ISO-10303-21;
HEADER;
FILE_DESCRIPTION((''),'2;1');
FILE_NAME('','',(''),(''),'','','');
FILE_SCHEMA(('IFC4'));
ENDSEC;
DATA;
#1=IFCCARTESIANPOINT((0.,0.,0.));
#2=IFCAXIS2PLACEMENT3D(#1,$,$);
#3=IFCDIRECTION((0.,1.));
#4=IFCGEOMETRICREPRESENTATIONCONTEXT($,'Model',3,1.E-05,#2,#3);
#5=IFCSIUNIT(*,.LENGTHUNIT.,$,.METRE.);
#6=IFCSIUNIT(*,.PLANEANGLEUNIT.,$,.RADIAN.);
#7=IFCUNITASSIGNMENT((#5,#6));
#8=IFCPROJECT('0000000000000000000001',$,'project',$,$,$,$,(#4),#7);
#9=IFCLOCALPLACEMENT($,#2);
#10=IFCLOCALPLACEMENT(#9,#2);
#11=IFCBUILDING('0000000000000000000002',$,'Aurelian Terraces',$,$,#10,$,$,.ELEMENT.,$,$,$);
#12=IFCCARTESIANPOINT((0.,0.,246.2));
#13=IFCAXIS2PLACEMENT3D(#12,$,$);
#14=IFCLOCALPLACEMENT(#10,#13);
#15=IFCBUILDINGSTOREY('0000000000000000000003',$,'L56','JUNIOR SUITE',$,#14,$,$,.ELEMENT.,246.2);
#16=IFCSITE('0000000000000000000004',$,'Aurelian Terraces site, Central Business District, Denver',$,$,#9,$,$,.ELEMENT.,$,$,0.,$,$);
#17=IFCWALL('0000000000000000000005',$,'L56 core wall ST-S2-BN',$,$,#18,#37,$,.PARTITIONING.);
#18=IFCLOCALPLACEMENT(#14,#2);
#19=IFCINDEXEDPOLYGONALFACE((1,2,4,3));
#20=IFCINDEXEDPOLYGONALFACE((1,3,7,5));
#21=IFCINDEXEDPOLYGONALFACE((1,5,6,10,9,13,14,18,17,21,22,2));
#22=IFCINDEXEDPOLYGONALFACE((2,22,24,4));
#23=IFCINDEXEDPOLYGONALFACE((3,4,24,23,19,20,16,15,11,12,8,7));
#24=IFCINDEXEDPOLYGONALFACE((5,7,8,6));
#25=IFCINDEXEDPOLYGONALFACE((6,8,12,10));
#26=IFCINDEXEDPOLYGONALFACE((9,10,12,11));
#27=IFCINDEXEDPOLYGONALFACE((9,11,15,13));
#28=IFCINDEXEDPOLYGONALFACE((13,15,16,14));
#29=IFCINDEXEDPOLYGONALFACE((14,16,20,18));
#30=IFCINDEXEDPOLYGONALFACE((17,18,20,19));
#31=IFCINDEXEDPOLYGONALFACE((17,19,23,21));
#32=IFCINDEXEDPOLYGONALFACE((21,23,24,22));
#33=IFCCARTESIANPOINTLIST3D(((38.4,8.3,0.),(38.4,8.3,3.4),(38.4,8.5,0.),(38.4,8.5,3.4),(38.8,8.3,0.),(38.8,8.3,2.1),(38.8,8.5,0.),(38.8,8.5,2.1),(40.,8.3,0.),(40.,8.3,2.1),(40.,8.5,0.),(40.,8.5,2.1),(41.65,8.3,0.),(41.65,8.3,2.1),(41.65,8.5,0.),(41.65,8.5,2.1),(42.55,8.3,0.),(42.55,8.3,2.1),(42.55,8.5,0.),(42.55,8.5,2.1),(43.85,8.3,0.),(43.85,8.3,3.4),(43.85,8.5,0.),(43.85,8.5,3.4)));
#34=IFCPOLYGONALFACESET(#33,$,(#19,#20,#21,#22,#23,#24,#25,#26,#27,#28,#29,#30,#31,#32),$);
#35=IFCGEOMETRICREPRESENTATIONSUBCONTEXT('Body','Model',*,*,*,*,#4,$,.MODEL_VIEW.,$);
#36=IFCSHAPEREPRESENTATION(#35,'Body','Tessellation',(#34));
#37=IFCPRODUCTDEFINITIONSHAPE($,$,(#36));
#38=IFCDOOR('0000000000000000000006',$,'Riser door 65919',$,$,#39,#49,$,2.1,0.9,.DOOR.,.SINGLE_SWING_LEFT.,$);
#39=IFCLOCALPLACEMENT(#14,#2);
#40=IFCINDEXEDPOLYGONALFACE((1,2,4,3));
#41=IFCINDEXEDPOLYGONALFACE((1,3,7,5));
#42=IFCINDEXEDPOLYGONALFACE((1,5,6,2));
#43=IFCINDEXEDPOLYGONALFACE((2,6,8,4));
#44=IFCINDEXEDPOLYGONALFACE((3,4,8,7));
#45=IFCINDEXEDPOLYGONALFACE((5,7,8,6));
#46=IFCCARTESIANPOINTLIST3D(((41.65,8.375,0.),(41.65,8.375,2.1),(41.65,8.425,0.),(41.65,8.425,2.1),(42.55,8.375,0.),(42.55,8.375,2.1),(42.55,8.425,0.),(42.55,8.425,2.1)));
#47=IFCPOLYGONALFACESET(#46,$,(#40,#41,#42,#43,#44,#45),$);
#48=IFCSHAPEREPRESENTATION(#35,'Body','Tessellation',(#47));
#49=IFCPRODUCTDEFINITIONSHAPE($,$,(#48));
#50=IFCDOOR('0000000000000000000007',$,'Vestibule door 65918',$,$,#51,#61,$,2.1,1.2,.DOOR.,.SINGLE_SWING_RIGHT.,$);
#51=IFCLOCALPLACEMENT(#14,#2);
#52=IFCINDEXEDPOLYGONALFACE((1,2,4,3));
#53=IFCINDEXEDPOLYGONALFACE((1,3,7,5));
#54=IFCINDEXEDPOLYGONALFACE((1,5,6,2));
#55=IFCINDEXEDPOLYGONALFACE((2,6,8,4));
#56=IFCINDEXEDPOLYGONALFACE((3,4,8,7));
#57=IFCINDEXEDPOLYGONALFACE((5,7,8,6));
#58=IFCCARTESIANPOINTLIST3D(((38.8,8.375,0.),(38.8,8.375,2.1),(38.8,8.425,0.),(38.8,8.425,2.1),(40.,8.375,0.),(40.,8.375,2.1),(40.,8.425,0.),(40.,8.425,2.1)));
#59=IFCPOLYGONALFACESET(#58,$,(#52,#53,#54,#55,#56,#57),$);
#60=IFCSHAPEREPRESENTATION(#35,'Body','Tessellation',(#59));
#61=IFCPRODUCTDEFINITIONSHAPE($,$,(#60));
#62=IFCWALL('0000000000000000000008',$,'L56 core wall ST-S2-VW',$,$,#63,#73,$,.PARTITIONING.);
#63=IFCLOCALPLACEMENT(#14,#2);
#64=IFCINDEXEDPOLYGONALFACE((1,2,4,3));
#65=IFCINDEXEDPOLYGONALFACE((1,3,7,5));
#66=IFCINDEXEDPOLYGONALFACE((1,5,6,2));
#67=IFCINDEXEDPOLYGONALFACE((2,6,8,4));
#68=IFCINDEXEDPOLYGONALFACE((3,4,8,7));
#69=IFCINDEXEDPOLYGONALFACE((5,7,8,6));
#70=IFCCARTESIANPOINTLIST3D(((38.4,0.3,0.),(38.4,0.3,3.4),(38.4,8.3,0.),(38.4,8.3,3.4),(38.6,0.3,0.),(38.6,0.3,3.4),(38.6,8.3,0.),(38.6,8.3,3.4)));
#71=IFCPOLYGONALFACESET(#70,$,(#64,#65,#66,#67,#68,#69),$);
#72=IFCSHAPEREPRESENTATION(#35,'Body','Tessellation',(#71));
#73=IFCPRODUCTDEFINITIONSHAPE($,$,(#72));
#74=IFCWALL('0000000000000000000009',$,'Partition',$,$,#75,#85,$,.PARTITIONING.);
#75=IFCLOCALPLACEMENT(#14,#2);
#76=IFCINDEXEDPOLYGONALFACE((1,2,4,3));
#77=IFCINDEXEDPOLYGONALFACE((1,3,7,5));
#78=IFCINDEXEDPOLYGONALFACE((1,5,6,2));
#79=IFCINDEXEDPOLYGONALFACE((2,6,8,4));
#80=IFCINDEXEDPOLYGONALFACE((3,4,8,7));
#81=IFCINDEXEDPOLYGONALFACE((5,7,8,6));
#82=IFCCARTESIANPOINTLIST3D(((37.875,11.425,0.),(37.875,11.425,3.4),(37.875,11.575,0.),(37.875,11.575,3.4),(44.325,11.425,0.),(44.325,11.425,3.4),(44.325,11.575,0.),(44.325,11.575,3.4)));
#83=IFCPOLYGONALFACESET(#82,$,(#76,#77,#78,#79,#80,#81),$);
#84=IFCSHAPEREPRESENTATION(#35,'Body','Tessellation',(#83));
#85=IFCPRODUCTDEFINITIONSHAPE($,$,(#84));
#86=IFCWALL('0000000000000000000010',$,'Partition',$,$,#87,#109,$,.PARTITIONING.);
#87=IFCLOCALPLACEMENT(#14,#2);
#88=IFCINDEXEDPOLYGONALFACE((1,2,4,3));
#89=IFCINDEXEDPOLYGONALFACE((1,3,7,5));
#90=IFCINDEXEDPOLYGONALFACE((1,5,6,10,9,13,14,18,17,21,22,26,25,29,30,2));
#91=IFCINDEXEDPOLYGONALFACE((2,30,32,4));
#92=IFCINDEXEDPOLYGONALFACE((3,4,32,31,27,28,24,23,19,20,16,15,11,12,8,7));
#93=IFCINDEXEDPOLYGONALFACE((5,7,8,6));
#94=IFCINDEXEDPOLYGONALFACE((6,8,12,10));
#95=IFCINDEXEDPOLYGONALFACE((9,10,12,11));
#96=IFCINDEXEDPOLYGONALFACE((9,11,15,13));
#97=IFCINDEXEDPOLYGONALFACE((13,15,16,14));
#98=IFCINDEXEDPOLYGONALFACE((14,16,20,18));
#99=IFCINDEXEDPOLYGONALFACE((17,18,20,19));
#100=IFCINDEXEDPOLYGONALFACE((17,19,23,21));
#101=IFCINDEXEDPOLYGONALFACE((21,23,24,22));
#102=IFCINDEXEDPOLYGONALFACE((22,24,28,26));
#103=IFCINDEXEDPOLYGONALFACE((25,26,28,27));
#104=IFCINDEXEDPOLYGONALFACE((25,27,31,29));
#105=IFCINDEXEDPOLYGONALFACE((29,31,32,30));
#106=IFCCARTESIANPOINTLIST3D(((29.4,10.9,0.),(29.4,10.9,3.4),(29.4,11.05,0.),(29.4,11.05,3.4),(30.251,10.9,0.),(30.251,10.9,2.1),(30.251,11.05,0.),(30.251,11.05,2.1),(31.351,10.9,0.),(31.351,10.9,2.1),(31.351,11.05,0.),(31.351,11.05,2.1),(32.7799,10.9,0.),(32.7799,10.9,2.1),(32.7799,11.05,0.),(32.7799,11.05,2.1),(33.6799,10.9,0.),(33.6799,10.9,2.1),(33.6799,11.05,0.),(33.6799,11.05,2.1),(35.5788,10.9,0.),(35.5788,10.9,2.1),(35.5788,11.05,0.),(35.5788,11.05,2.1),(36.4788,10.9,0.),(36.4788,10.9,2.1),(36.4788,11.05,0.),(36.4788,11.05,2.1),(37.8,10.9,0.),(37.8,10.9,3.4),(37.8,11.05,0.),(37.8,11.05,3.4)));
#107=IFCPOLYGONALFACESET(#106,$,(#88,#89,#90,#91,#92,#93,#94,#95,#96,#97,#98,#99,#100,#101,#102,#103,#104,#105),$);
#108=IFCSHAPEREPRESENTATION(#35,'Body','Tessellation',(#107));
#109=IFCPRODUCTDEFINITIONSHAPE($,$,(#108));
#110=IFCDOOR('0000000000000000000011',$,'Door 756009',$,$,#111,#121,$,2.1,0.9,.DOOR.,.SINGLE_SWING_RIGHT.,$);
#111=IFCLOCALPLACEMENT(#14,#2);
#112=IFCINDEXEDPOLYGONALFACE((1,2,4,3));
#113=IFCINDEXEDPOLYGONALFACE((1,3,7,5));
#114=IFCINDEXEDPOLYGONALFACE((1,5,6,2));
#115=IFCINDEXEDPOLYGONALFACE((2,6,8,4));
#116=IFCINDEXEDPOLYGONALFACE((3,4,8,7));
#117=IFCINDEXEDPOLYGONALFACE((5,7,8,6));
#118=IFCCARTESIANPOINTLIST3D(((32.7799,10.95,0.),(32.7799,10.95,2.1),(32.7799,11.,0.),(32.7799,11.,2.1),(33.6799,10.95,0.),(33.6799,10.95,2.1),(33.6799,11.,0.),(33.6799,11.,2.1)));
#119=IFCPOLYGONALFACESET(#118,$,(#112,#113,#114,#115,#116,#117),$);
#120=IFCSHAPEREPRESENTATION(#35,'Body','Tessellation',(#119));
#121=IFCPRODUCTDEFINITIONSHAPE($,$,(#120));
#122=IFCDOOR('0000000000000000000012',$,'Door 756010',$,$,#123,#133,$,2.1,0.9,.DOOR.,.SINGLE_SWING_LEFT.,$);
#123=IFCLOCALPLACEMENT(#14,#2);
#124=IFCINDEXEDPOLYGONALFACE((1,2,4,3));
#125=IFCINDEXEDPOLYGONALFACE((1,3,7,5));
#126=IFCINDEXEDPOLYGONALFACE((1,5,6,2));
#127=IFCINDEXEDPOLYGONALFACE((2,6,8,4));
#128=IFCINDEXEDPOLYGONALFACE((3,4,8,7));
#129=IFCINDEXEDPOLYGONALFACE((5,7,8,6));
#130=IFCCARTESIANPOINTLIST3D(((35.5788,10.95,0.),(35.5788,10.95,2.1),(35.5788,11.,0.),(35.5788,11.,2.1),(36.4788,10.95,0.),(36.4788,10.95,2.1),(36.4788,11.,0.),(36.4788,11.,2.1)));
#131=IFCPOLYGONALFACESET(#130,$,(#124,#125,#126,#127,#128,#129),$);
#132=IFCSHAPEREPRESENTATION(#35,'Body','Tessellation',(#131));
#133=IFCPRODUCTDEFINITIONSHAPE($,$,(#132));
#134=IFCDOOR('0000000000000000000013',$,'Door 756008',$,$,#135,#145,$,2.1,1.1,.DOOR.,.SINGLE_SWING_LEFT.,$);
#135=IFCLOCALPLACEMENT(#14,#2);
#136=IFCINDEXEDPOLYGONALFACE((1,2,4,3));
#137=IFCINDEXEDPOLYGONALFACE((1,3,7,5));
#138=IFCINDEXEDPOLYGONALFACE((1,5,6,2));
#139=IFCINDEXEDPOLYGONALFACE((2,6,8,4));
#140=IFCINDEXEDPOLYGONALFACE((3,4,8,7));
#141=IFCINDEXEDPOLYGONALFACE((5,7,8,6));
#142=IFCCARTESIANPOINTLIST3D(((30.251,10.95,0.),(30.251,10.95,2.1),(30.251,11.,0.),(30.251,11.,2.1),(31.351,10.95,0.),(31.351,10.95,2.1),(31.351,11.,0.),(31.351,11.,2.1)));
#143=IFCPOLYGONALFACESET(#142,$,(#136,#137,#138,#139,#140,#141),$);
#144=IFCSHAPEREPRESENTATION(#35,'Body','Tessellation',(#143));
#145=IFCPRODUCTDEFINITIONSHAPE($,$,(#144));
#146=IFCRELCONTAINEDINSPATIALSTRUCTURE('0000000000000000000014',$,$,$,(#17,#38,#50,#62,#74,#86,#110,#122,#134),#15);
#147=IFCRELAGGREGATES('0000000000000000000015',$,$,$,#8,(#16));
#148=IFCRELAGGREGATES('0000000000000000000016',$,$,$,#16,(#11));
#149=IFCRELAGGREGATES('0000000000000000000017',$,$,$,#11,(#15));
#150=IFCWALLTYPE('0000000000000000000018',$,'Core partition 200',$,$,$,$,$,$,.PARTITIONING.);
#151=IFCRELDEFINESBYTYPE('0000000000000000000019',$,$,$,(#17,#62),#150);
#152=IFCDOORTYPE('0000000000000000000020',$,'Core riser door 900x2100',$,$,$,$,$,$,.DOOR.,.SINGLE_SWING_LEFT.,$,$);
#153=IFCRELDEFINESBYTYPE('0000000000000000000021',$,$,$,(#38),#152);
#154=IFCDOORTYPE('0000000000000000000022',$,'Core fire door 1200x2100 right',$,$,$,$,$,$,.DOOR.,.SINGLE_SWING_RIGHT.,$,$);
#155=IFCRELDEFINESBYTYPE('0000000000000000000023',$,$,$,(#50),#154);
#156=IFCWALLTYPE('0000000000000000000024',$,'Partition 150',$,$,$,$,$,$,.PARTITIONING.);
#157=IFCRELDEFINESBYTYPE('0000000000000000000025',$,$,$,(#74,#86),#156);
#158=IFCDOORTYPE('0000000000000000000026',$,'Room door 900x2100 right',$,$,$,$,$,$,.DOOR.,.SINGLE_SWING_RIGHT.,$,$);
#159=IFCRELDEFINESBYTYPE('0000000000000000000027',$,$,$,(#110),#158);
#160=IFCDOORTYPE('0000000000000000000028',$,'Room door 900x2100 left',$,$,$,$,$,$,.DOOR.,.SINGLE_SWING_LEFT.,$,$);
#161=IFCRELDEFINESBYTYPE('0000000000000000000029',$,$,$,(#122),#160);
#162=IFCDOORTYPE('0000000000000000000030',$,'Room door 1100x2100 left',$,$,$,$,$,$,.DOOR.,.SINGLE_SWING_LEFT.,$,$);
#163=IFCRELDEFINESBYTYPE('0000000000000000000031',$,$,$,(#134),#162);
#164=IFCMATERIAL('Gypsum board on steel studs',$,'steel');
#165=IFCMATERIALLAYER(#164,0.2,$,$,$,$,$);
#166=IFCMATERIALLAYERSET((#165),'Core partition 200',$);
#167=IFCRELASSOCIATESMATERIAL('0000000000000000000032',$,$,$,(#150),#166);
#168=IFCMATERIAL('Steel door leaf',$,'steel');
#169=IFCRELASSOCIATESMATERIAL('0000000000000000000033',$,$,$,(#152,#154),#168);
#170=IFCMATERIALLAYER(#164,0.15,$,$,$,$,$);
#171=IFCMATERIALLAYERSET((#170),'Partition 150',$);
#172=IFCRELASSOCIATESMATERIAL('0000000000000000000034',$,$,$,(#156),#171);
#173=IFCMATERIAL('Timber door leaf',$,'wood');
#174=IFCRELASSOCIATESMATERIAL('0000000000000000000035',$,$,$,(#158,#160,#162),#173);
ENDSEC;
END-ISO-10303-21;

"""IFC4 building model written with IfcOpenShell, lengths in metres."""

from ifc_helpers import new_model, si_unit, direction, frame, frame_2d, origin, place, context, subcontext, project, spatial, rectangle, extrude, source, transform, mapped, material, layer, layer_set, type_object, element, fill, save


model = new_model("IFC4")

# Units and contexts
model_context = context("Model", 3, precision=1e-05, world=origin(), true_north=direction((0.0, 1.0)))
body_context = subcontext(model_context, "Body", "Model", "MODEL_VIEW")
ifc_project = project(units=[si_unit("LENGTHUNIT", "METRE"), si_unit("PLANEANGLEUNIT", "RADIAN")], contexts=[model_context])

# Site, building, storey
site_placement = place(None, origin())
site = spatial("IfcSite", under=ifc_project, at=site_placement, Name="Aurelian Terraces site, Central Business District, Denver", CompositionType="ELEMENT", RefElevation=0.0)
building_placement = place(site_placement, origin())
building = spatial("IfcBuilding", under=site, at=building_placement, Name="Aurelian Terraces", CompositionType="ELEMENT")
storey_placement = place(building_placement, frame((0.0, 0.0, 246.2)))
storey = spatial("IfcBuildingStorey", under=building, at=storey_placement, Name="L56", Description="JUNIOR SUITE", CompositionType="ELEMENT", Elevation=246.2)

# Wall, openings, doors
ifc_material_1 = material(Name="Gypsum board on steel studs", Category="steel")
ifc_layer_1 = layer(ifc_material_1, 0.2)
ifc_layer_set_1 = layer_set([ifc_layer_1], Name="Core partition 200")
wall_type_1 = type_object("IfcWallType", Name="Core partition 200", PredefinedType="PARTITIONING", material=ifc_layer_set_1)
shared_shape_1 = source(origin(), body_context, "Body", "SweptSolid", [
    extrude(rectangle(XDim=5.45, YDim=0.2, at=frame_2d((2.725, 0.0))), origin(), (0.0, 0.0, 1.0), 3.4),
])
wall_1_placement = place(storey_placement, frame((38.4, 8.4, 0.0), z_axis=(0.0, 0.0, 1.0), x_axis=(1.0, 0.0, 0.0)))
wall_1 = element("IfcWall", 1, at=wall_1_placement, inside=storey, type_object=wall_type_1, Name="L56 core wall ST-S2-BN", PredefinedType="PARTITIONING", context=body_context, shape_type="MappedRepresentation", body=[
    mapped(shared_shape_1, transform((0.0, 0.0, 0.0), scale=1.0)),
])
shared_shape_2 = source(origin(), body_context, "Body", "SweptSolid", [
    extrude(rectangle(XDim=1.2, YDim=2.1, at=frame_2d((0.6, 1.05))), frame((0.0, 0.11, 0.0), z_axis=(0.0, -1.0, 0.0), x_axis=(1.0, 0.0, 0.0)), (0.0, 0.0, 1.0), 0.22),
])
opening_1_placement = place(wall_1_placement, frame((0.4, 0.0, 0.0)))
opening_1 = element("IfcOpeningElement", 2, at=opening_1_placement, cuts=wall_1, PredefinedType="OPENING", context=body_context, shape_type="MappedRepresentation", body=[
    mapped(shared_shape_2, transform((0.0, 0.0, 0.0), scale=1.0)),
])
shared_shape_3 = source(origin(), body_context, "Body", "SweptSolid", [
    extrude(rectangle(XDim=0.9, YDim=2.1, at=frame_2d((0.45, 1.05))), frame((0.0, 0.11, 0.0), z_axis=(0.0, -1.0, 0.0), x_axis=(1.0, 0.0, 0.0)), (0.0, 0.0, 1.0), 0.22),
])
opening_2_placement = place(wall_1_placement, frame((3.25, 0.0, 0.0)))
opening_2 = element("IfcOpeningElement", 3, at=opening_2_placement, cuts=wall_1, PredefinedType="OPENING", context=body_context, shape_type="MappedRepresentation", body=[
    mapped(shared_shape_3, transform((0.0, 0.0, 0.0), scale=1.0)),
])
ifc_material_2 = material(Name="Steel door leaf", Category="steel")
door_type_1 = type_object("IfcDoorType", Name="Core riser door 900x2100", OperationType="SINGLE_SWING_LEFT", PredefinedType="DOOR", material=ifc_material_2)
shared_shape_4 = source(origin(), body_context, "Body", "SweptSolid", [
    extrude(rectangle(XDim=0.9, YDim=2.1, at=frame_2d((0.45, 1.05))), frame((0.0, 0.025, 0.0), z_axis=(0.0, -1.0, 0.0), x_axis=(1.0, 0.0, 0.0)), (0.0, 0.0, 1.0), 0.05),
])
door_1_placement = place(opening_2_placement, origin())
door_1 = element("IfcDoor", 4, at=door_1_placement, inside=storey, type_object=door_type_1, Name="Riser door 65919", OperationType="SINGLE_SWING_LEFT", OverallHeight=2.1, OverallWidth=0.9, PredefinedType="DOOR", context=body_context, shape_type="MappedRepresentation", body=[
    mapped(shared_shape_4, transform((0.0, 0.0, 0.0), scale=1.0)),
])
fill(opening_2, door_1)
door_type_2 = type_object("IfcDoorType", Name="Core fire door 1200x2100 right", OperationType="SINGLE_SWING_RIGHT", PredefinedType="DOOR", material=ifc_material_2)
shared_shape_5 = source(origin(), body_context, "Body", "SweptSolid", [
    extrude(rectangle(XDim=1.2, YDim=2.1, at=frame_2d((0.6, 1.05))), frame((0.0, 0.025, 0.0), z_axis=(0.0, -1.0, 0.0), x_axis=(1.0, 0.0, 0.0)), (0.0, 0.0, 1.0), 0.05),
])
door_2_placement = place(opening_1_placement, origin())
door_2 = element("IfcDoor", 5, at=door_2_placement, inside=storey, type_object=door_type_2, Name="Vestibule door 65918", OperationType="SINGLE_SWING_RIGHT", OverallHeight=2.1, OverallWidth=1.2, PredefinedType="DOOR", context=body_context, shape_type="MappedRepresentation", body=[
    mapped(shared_shape_5, transform((0.0, 0.0, 0.0), scale=1.0)),
])
fill(opening_1, door_2)

# Walls
shared_shape_6 = source(origin(), body_context, "Body", "SweptSolid", [
    extrude(rectangle(XDim=8.0, YDim=0.2, at=frame_2d((4.0, 0.0))), origin(), (0.0, 0.0, 1.0), 3.4),
])
wall_2_placement = place(storey_placement, frame((38.5, 0.3, 0.0), z_axis=(0.0, 0.0, 1.0), x_axis=(0.0, 1.0, 0.0)))
element("IfcWall", 6, at=wall_2_placement, inside=storey, type_object=wall_type_1, Name="L56 core wall ST-S2-VW", PredefinedType="PARTITIONING", context=body_context, shape_type="MappedRepresentation", body=[
    mapped(shared_shape_6, transform((0.0, 0.0, 0.0), scale=1.0)),
])
ifc_layer_2 = layer(ifc_material_1, 0.15)
ifc_layer_set_2 = layer_set([ifc_layer_2], Name="Partition 150")
wall_type_2 = type_object("IfcWallType", Name="Partition 150", PredefinedType="PARTITIONING", material=ifc_layer_set_2)
shared_shape_7 = source(origin(), body_context, "Body", "SweptSolid", [
    extrude(rectangle(XDim=6.45, YDim=0.15, at=frame_2d((3.225, 0.0))), origin(), (0.0, 0.0, 1.0), 3.4),
])
wall_3_placement = place(storey_placement, frame((37.875, 11.5, 0.0), z_axis=(0.0, 0.0, 1.0), x_axis=(1.0, 0.0, 0.0)))
element("IfcWall", 7, at=wall_3_placement, inside=storey, type_object=wall_type_2, Name="Partition", PredefinedType="PARTITIONING", context=body_context, shape_type="MappedRepresentation", body=[
    mapped(shared_shape_7, transform((0.0, 0.0, 0.0), scale=1.0)),
])

# Wall, openings, doors
shared_shape_8 = source(origin(), body_context, "Body", "SweptSolid", [
    extrude(rectangle(XDim=8.4, YDim=0.15, at=frame_2d((4.2, 0.0))), origin(), (0.0, 0.0, 1.0), 3.4),
])
wall_4_placement = place(storey_placement, frame((37.8, 10.975, 0.0), z_axis=(0.0, 0.0, 1.0), x_axis=(-1.0, 0.0, 0.0)))
wall_4 = element("IfcWall", 8, at=wall_4_placement, inside=storey, type_object=wall_type_2, Name="Partition", PredefinedType="PARTITIONING", context=body_context, shape_type="MappedRepresentation", body=[
    mapped(shared_shape_8, transform((0.0, 0.0, 0.0), scale=1.0)),
])
shared_shape_9 = source(origin(), body_context, "Body", "SweptSolid", [
    extrude(rectangle(XDim=1.1, YDim=2.1, at=frame_2d((0.55, 1.05))), frame((0.0, 0.085, 0.0), z_axis=(0.0, -1.0, 0.0), x_axis=(1.0, 0.0, 0.0)), (0.0, 0.0, 1.0), 0.17),
])
opening_3_placement = place(wall_4_placement, frame((6.449, 0.0, 0.0)))
opening_3 = element("IfcOpeningElement", 9, at=opening_3_placement, cuts=wall_4, PredefinedType="OPENING", context=body_context, shape_type="MappedRepresentation", body=[
    mapped(shared_shape_9, transform((0.0, 0.0, 0.0), scale=1.0)),
])
shared_shape_10 = source(origin(), body_context, "Body", "SweptSolid", [
    extrude(rectangle(XDim=0.9, YDim=2.1, at=frame_2d((0.45, 1.05))), frame((0.0, 0.085, 0.0), z_axis=(0.0, -1.0, 0.0), x_axis=(1.0, 0.0, 0.0)), (0.0, 0.0, 1.0), 0.17),
])
opening_4_placement = place(wall_4_placement, frame((4.1201, 0.0, 0.0)))
opening_4 = element("IfcOpeningElement", 10, at=opening_4_placement, cuts=wall_4, PredefinedType="OPENING", context=body_context, shape_type="MappedRepresentation", body=[
    mapped(shared_shape_10, transform((0.0, 0.0, 0.0), scale=1.0)),
])
opening_5_placement = place(wall_4_placement, frame((1.3212, 0.0, 0.0)))
opening_5 = element("IfcOpeningElement", 11, at=opening_5_placement, cuts=wall_4, PredefinedType="OPENING", context=body_context, shape_type="MappedRepresentation", body=[
    mapped(shared_shape_10, transform((0.0, 0.0, 0.0), scale=1.0)),
])
ifc_material_3 = material(Name="Timber door leaf", Category="wood")
door_type_3 = type_object("IfcDoorType", Name="Room door 900x2100 right", OperationType="SINGLE_SWING_RIGHT", PredefinedType="DOOR", material=ifc_material_3)
door_3_placement = place(opening_4_placement, origin())
door_3 = element("IfcDoor", 12, at=door_3_placement, inside=storey, type_object=door_type_3, Name="Door 756009", OperationType="SINGLE_SWING_RIGHT", OverallHeight=2.1, OverallWidth=0.9, PredefinedType="DOOR", context=body_context, shape_type="MappedRepresentation", body=[
    mapped(shared_shape_4, transform((0.0, 0.0, 0.0), scale=1.0)),
])
fill(opening_4, door_3)
door_type_4 = type_object("IfcDoorType", Name="Room door 900x2100 left", OperationType="SINGLE_SWING_LEFT", PredefinedType="DOOR", material=ifc_material_3)
door_4_placement = place(opening_5_placement, origin())
door_4 = element("IfcDoor", 13, at=door_4_placement, inside=storey, type_object=door_type_4, Name="Door 756010", OperationType="SINGLE_SWING_LEFT", OverallHeight=2.1, OverallWidth=0.9, PredefinedType="DOOR", context=body_context, shape_type="MappedRepresentation", body=[
    mapped(shared_shape_4, transform((0.0, 0.0, 0.0), scale=1.0)),
])
fill(opening_5, door_4)
door_type_5 = type_object("IfcDoorType", Name="Room door 1100x2100 left", OperationType="SINGLE_SWING_LEFT", PredefinedType="DOOR", material=ifc_material_3)
shared_shape_11 = source(origin(), body_context, "Body", "SweptSolid", [
    extrude(rectangle(XDim=1.1, YDim=2.1, at=frame_2d((0.55, 1.05))), frame((0.0, 0.025, 0.0), z_axis=(0.0, -1.0, 0.0), x_axis=(1.0, 0.0, 0.0)), (0.0, 0.0, 1.0), 0.05),
])
door_5_placement = place(opening_3_placement, origin())
door_5 = element("IfcDoor", 14, at=door_5_placement, inside=storey, type_object=door_type_5, Name="Door 756008", OperationType="SINGLE_SWING_LEFT", OverallHeight=2.1, OverallWidth=1.1, PredefinedType="DOOR", context=body_context, shape_type="MappedRepresentation", body=[
    mapped(shared_shape_11, transform((0.0, 0.0, 0.0), scale=1.0)),
])
fill(opening_3, door_5)

save(model, "model.ifc")
